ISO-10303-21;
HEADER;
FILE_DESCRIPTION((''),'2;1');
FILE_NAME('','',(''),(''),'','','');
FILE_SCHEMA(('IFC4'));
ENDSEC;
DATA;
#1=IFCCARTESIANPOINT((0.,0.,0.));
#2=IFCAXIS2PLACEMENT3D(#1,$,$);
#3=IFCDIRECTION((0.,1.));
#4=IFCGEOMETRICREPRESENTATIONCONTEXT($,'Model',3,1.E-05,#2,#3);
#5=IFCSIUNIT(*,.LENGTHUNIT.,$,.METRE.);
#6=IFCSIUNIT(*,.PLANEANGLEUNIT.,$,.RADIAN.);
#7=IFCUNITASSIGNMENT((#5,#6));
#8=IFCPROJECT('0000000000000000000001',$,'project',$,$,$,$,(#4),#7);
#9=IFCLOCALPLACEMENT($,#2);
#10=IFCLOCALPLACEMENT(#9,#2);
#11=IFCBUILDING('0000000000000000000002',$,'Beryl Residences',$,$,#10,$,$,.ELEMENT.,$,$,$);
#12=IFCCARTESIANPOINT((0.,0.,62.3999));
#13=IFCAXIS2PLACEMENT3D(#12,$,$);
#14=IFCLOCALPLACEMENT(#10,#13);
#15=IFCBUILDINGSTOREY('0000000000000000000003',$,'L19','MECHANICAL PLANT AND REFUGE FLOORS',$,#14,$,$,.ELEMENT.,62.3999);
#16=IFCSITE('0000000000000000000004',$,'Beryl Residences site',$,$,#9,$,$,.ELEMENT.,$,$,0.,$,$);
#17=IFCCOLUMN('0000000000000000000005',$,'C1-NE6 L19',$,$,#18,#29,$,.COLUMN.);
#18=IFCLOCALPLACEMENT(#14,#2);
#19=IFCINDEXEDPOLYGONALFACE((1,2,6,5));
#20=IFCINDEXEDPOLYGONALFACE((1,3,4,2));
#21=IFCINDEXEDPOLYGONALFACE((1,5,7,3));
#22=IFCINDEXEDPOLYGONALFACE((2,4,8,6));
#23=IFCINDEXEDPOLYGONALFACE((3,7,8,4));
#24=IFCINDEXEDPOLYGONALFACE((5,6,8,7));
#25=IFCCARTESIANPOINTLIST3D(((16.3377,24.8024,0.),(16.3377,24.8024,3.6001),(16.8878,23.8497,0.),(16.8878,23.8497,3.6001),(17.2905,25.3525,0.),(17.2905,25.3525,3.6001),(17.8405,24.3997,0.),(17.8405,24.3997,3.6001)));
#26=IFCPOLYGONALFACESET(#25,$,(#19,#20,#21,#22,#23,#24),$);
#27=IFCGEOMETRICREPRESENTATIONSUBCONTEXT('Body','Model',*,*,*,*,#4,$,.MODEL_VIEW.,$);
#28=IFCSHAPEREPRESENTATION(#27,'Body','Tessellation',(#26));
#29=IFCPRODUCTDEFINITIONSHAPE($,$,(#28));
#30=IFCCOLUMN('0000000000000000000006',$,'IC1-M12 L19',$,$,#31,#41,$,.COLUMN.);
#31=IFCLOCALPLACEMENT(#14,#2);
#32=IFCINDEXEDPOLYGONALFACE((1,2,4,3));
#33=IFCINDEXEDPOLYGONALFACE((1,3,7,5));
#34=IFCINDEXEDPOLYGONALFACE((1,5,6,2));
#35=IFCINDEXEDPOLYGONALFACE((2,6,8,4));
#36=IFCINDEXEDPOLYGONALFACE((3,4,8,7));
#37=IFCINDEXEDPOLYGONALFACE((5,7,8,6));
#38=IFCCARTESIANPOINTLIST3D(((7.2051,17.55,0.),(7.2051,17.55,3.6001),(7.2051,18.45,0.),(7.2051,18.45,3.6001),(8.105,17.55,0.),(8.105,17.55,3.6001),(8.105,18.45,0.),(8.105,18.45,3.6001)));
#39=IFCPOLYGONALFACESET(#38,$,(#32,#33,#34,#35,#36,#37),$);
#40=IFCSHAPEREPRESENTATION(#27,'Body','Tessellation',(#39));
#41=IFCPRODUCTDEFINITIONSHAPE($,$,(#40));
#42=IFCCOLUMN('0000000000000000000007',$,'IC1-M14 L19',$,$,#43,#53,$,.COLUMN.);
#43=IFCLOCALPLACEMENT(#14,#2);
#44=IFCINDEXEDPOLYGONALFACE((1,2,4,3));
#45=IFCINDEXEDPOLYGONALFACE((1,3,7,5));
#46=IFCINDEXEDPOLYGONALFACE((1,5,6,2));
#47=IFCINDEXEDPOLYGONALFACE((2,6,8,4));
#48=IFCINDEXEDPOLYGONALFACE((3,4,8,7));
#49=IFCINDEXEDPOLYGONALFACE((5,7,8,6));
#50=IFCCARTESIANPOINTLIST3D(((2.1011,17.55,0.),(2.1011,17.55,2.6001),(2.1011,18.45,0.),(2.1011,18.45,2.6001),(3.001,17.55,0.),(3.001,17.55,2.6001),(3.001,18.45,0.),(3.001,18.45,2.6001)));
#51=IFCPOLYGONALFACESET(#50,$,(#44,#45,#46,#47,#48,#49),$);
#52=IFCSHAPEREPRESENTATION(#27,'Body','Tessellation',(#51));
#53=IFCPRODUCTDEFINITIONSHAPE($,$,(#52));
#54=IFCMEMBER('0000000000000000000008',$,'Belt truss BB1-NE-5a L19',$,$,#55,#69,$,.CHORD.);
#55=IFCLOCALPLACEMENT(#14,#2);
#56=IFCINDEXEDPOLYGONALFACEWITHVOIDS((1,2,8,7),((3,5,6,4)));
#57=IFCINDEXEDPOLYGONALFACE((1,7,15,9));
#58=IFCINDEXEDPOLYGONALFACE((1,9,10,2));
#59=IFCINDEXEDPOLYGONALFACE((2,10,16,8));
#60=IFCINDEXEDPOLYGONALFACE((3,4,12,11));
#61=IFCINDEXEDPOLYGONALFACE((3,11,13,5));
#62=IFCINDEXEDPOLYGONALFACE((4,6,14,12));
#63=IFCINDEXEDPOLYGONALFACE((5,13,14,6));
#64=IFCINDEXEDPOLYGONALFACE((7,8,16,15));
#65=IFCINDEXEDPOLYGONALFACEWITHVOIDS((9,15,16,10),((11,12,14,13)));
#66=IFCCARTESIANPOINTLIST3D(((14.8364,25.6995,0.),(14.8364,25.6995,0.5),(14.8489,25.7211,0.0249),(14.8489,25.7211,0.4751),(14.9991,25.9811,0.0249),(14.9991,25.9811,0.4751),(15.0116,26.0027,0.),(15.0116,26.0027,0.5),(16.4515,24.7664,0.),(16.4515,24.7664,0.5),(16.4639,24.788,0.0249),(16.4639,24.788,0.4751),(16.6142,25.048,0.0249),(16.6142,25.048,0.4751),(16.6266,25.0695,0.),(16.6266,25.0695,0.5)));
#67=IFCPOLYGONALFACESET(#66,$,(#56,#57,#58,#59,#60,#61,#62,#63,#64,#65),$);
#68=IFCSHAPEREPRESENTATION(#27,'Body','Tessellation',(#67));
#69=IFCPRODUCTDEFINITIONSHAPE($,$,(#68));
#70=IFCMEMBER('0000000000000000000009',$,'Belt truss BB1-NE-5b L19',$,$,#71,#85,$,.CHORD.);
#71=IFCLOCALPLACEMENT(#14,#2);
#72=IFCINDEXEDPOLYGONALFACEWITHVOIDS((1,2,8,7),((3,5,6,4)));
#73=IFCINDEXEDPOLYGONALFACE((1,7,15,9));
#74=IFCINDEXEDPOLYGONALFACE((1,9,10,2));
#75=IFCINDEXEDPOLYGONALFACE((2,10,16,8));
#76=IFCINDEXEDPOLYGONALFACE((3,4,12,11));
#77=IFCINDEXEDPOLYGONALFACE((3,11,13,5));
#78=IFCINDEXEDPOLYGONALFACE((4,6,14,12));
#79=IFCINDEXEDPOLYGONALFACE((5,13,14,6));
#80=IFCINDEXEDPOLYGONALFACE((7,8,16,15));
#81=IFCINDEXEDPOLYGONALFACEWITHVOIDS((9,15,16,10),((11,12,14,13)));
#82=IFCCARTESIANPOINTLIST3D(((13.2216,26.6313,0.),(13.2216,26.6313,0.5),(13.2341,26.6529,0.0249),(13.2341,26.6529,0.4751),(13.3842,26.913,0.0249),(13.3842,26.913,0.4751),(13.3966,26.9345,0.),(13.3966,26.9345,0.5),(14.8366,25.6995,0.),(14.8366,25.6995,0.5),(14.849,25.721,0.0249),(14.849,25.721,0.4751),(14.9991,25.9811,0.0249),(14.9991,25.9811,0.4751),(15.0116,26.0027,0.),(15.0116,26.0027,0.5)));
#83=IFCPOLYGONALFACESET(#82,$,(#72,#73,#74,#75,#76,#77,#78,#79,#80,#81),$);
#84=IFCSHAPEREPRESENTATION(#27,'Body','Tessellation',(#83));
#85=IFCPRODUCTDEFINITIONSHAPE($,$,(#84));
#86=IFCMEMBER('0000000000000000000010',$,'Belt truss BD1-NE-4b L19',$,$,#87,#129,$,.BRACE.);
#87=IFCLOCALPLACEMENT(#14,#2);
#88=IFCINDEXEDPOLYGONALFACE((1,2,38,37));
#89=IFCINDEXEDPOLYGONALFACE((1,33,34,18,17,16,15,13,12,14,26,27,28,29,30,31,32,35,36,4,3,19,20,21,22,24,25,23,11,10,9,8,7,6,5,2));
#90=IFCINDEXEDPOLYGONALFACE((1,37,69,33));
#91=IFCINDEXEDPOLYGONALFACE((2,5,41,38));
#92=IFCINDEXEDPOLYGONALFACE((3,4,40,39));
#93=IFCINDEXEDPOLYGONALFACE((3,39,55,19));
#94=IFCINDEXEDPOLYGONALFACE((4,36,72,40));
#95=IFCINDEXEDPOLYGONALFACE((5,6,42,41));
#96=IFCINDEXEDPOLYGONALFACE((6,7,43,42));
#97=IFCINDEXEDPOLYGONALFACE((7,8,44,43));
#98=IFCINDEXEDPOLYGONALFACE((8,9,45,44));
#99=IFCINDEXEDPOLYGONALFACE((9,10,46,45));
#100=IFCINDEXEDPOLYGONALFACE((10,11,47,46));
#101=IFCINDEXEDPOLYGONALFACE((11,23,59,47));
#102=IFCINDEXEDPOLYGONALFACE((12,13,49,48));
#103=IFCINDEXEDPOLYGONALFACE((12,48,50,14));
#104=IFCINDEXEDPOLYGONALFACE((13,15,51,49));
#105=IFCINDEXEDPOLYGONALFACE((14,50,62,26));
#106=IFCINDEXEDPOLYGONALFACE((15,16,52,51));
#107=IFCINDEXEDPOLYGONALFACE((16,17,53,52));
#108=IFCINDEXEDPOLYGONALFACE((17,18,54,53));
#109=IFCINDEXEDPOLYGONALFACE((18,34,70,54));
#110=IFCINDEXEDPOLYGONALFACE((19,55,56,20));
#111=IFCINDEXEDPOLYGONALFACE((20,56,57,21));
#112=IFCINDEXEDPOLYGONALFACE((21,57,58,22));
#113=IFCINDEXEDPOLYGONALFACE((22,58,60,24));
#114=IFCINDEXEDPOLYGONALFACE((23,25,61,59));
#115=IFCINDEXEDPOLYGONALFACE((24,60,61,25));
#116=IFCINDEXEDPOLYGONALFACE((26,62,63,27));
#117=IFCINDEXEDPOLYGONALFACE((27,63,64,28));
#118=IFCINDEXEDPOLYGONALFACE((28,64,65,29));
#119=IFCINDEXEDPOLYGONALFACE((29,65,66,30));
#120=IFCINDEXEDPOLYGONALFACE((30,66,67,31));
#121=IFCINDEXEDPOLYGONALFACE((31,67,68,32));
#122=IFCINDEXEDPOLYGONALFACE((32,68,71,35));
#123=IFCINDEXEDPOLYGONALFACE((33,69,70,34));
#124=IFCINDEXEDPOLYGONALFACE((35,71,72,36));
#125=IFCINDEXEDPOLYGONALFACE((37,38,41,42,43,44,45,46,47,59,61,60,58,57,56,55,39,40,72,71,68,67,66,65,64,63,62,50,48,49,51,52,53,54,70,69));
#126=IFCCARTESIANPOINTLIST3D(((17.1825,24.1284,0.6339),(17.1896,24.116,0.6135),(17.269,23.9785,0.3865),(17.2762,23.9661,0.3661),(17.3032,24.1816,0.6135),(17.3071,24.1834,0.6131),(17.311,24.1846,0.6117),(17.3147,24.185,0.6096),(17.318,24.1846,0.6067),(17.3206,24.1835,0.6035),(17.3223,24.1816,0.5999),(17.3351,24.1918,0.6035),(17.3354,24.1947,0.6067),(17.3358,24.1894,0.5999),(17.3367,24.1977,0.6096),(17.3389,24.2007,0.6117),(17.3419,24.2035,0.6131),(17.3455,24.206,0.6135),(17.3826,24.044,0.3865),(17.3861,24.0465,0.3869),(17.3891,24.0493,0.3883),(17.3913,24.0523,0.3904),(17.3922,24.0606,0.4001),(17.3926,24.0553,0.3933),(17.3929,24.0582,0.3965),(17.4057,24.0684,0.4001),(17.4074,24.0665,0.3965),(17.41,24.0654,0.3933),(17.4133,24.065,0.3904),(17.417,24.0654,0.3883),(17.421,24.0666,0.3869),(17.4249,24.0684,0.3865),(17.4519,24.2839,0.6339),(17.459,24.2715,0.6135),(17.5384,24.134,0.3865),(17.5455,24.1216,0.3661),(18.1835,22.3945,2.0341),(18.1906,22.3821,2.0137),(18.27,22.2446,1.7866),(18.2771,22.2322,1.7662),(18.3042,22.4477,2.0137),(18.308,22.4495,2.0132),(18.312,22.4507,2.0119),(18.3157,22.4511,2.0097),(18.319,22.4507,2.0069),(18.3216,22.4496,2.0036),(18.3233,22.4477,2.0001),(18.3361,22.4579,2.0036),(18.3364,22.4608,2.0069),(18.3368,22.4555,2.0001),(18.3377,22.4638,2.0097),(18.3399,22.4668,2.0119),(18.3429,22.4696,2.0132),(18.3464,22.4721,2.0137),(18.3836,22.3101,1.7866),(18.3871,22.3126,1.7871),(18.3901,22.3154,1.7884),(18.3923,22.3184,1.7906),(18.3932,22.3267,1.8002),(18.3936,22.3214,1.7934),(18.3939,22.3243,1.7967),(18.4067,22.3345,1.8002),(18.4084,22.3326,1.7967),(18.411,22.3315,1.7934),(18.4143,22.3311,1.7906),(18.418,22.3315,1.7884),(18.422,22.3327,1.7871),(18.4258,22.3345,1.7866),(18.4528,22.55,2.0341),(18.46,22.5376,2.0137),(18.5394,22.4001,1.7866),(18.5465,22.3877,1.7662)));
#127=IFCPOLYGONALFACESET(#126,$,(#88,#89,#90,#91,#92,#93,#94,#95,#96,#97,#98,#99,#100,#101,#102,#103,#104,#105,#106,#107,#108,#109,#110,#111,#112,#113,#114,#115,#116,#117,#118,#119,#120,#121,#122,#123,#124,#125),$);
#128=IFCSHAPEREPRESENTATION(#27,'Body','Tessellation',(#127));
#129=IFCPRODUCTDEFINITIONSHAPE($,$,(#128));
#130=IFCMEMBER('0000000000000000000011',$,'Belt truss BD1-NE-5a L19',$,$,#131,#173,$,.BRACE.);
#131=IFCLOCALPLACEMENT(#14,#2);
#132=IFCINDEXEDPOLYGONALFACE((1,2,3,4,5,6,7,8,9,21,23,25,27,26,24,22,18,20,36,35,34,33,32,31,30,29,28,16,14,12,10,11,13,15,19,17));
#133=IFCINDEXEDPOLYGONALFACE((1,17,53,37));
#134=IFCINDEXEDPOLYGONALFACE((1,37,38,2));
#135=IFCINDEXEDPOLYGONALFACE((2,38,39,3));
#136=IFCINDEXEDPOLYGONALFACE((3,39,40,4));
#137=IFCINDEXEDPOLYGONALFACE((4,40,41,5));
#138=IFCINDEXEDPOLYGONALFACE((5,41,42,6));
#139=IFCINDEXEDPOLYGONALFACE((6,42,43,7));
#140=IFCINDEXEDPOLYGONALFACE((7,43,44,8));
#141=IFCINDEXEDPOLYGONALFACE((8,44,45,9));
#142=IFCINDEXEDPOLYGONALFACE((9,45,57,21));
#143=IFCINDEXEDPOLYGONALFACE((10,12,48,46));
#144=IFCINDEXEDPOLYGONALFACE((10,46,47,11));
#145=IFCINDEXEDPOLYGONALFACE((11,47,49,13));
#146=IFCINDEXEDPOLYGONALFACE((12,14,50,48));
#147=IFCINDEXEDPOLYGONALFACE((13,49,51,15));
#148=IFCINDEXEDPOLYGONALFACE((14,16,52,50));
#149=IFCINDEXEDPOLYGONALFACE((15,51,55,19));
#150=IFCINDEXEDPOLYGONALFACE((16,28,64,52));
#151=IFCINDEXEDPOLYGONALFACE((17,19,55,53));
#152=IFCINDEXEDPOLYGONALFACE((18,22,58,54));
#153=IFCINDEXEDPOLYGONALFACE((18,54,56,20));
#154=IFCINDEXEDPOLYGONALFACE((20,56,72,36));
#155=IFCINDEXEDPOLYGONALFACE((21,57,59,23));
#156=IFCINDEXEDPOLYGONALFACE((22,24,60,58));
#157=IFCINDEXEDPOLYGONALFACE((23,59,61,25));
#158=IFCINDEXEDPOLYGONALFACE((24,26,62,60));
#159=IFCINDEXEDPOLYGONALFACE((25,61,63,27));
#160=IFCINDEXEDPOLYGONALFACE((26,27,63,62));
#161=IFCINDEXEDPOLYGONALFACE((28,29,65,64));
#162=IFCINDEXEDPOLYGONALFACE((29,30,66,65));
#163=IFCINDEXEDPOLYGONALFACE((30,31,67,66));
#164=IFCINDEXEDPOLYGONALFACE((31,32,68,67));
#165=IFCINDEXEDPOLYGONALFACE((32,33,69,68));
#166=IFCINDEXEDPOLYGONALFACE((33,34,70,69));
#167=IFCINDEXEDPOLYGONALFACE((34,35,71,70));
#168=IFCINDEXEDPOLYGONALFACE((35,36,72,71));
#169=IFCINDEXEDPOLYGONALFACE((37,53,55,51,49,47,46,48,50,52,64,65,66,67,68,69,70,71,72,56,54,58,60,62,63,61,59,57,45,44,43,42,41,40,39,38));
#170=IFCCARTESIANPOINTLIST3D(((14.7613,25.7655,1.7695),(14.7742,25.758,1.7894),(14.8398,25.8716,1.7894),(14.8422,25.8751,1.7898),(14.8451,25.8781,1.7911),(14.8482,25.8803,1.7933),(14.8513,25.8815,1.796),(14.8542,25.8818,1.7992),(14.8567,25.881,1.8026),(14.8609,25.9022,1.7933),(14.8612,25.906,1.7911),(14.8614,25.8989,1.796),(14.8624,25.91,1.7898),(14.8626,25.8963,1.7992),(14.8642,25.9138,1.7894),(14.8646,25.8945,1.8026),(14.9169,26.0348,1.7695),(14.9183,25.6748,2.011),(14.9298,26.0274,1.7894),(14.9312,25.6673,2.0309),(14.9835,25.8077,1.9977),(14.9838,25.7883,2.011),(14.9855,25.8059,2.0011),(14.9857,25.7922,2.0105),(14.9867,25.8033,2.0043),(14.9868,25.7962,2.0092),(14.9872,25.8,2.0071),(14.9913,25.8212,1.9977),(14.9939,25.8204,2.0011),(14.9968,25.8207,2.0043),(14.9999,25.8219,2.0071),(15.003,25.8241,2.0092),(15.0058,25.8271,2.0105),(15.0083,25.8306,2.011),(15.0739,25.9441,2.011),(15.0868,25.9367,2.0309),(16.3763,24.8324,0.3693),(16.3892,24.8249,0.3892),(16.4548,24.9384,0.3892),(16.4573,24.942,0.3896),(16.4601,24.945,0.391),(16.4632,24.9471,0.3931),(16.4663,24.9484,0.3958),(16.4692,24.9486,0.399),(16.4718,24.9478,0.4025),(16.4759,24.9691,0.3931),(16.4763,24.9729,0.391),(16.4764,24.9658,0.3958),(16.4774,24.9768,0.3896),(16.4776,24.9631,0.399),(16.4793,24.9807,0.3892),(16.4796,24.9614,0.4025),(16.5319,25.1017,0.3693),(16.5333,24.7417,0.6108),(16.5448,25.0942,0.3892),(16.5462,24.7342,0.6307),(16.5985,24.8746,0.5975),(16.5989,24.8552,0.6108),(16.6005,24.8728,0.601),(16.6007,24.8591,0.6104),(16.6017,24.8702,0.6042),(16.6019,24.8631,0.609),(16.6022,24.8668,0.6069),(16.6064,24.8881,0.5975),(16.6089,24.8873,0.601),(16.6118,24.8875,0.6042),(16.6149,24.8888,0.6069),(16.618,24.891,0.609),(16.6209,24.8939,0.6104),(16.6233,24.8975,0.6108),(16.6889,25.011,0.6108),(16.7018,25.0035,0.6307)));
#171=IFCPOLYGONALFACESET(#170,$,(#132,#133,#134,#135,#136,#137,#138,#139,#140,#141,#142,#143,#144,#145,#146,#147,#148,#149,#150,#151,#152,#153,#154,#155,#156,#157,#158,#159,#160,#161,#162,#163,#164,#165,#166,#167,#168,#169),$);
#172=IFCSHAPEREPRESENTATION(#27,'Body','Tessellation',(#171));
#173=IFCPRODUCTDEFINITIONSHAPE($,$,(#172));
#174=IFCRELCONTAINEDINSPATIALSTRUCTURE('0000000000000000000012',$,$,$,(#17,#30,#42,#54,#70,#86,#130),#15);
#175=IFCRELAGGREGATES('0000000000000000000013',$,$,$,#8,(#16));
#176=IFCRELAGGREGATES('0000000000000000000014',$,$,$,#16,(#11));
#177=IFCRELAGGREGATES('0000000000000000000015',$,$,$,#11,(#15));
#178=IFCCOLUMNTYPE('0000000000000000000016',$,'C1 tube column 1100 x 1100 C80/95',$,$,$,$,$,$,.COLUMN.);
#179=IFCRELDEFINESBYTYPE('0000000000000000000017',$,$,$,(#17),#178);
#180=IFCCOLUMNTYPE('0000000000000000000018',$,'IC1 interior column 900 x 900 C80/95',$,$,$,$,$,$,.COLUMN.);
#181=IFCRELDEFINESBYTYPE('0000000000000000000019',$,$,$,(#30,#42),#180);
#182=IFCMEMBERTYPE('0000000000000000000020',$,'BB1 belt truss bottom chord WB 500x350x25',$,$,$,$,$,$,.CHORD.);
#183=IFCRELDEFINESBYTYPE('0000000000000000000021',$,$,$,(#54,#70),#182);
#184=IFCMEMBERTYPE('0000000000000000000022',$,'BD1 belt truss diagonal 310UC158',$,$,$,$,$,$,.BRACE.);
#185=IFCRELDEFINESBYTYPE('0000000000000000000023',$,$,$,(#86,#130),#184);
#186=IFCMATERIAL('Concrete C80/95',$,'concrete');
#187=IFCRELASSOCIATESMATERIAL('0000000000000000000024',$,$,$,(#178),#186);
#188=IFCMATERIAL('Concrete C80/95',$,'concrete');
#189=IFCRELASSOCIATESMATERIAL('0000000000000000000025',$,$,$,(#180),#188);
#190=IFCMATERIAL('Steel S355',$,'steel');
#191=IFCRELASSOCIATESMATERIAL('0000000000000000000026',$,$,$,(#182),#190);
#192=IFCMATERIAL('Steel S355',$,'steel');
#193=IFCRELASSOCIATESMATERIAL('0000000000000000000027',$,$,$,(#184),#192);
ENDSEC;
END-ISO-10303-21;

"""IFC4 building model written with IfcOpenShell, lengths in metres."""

from ifc_helpers import new_model, si_unit, direction, frame, origin, origin_2d, place, context, subcontext, project, spatial, rectangle, hollow_rectangle, i_section, extrude, material, material_profile, profile_set, type_object, element, save


model = new_model("IFC4")

# Units and contexts
model_context = context("Model", 3, precision=1e-05, world=origin(), true_north=direction((0.0, 1.0)))
body_context = subcontext(model_context, "Body", "Model", "MODEL_VIEW")
ifc_project = project(units=[si_unit("LENGTHUNIT", "METRE"), si_unit("PLANEANGLEUNIT", "RADIAN")], contexts=[model_context])

# Site, building, storey
site_placement = place(None, origin())
site = spatial("IfcSite", under=ifc_project, at=site_placement, Name="Beryl Residences site", CompositionType="ELEMENT", RefElevation=0.0)
building_placement = place(site_placement, origin())
building = spatial("IfcBuilding", under=site, at=building_placement, Name="Beryl Residences", CompositionType="ELEMENT")
storey_placement = place(building_placement, frame((0.0, 0.0, 62.3999)))
storey = spatial("IfcBuildingStorey", under=building, at=storey_placement, Name="L19", Description="MECHANICAL PLANT AND REFUGE FLOORS", CompositionType="ELEMENT", Elevation=62.3999)

# Columns
ifc_material_1 = material(Name="Concrete C80/95", Category="concrete")
ifc_material_profile_1 = material_profile(ifc_material_1, rectangle(XDim=1.1001, YDim=1.1001, at=origin_2d()))
ifc_profile_set_1 = profile_set([ifc_material_profile_1], Name="Concrete C80/95")
column_type_1 = type_object("IfcColumnType", Name="C1 tube column 1100 x 1100 C80/95", PredefinedType="COLUMN", material=ifc_profile_set_1)
column_1_placement = place(storey_placement, frame((17.0891, 24.6011, 0.0), z_axis=(0.0, 0.0, 1.0), x_axis=(-0.499985, 0.866034, 0.0)))
element("IfcColumn", 1, at=column_1_placement, inside=storey, type_object=column_type_1, Name="C1-NE6 L19", PredefinedType="COLUMN", context=body_context, shape_type="SweptSolid", body=[
    extrude(rectangle(XDim=1.1001, YDim=1.1001, at=origin_2d()), origin(), (0.0, 0.0, 1.0), 3.6001),
])
ifc_material_2 = material(Name="Concrete C80/95", Category="concrete")
ifc_material_profile_2 = material_profile(ifc_material_2, rectangle(XDim=0.8999, YDim=0.8999, at=origin_2d()))
ifc_profile_set_2 = profile_set([ifc_material_profile_2], Name="Concrete C80/95")
column_type_2 = type_object("IfcColumnType", Name="IC1 interior column 900 x 900 C80/95", PredefinedType="COLUMN", material=ifc_profile_set_2)
column_2_placement = place(storey_placement, frame((7.655, 18.0, 0.0), z_axis=(0.0, 0.0, 1.0), x_axis=(-1.0, 0.0, 0.0)))
element("IfcColumn", 2, at=column_2_placement, inside=storey, type_object=column_type_2, Name="IC1-M12 L19", PredefinedType="COLUMN", context=body_context, shape_type="SweptSolid", body=[
    extrude(rectangle(XDim=0.8999, YDim=0.8999, at=origin_2d()), origin(), (0.0, 0.0, 1.0), 3.6001),
])
column_3_placement = place(storey_placement, frame((2.551, 18.0, 0.0), z_axis=(0.0, 0.0, 1.0), x_axis=(-1.0, 0.0, 0.0)))
element("IfcColumn", 3, at=column_3_placement, inside=storey, type_object=column_type_2, Name="IC1-M14 L19", PredefinedType="COLUMN", context=body_context, shape_type="SweptSolid", body=[
    extrude(rectangle(XDim=0.8999, YDim=0.8999, at=origin_2d()), origin(), (0.0, 0.0, 1.0), 2.6001),
])

# Members
ifc_material_3 = material(Name="Steel S355", Category="steel")
ifc_material_profile_3 = material_profile(ifc_material_3, hollow_rectangle(XDim=0.3501, YDim=0.5, WallThickness=0.0249, at=origin_2d()))
ifc_profile_set_3 = profile_set([ifc_material_profile_3], Name="Steel S355")
member_type_1 = type_object("IfcMemberType", Name="BB1 belt truss bottom chord WB 500x350x25", PredefinedType="CHORD", material=ifc_profile_set_3)
member_1_placement = place(storey_placement, frame((16.5391, 24.918, 0.25), z_axis=(-0.865865, 0.500278, 0.0), x_axis=(-0.500278, -0.865865, 0.0)))
element("IfcMember", 4, at=member_1_placement, inside=storey, type_object=member_type_1, Name="Belt truss BB1-NE-5a L19", PredefinedType="CHORD", context=body_context, shape_type="SweptSolid", body=[
    extrude(hollow_rectangle(XDim=0.3501, YDim=0.5, WallThickness=0.0249, at=origin_2d()), origin(), (0.0, 0.0, 1.0), 1.8652),
])
member_2_placement = place(storey_placement, frame((14.9241, 25.8511, 0.25), z_axis=(-0.866149, 0.499787, 0.0), x_axis=(-0.499787, -0.866149, 0.0)))
element("IfcMember", 5, at=member_2_placement, inside=storey, type_object=member_type_1, Name="Belt truss BB1-NE-5b L19", PredefinedType="CHORD", context=body_context, shape_type="SweptSolid", body=[
    extrude(hollow_rectangle(XDim=0.3501, YDim=0.5, WallThickness=0.0249, at=origin_2d()), origin(), (0.0, 0.0, 1.0), 1.8645),
])
ifc_material_4 = material(Name="Steel S355", Category="steel")
ifc_material_profile_4 = material_profile(ifc_material_4, i_section(OverallWidth=0.311, OverallDepth=0.3269, WebThickness=0.0156, FlangeThickness=0.0249, FilletRadius=0.0166, at=origin_2d()))
ifc_profile_set_4 = profile_set([ifc_material_profile_4], Name="Steel S355")
member_type_2 = type_object("IfcMemberType", Name="BD1 belt truss diagonal 310UC158", PredefinedType="BRACE", material=ifc_profile_set_4)
member_3_placement = place(storey_placement, frame((17.364, 24.125, 0.5), z_axis=(0.409716, -0.709708, 0.573103), x_axis=(0.866043, 0.499969, 0.0)))
element("IfcMember", 6, at=member_3_placement, inside=storey, type_object=member_type_2, Name="Belt truss BD1-NE-4b L19", PredefinedType="BRACE", context=body_context, shape_type="SweptSolid", body=[
    extrude(i_section(OverallWidth=0.311, OverallDepth=0.3269, WebThickness=0.0156, FlangeThickness=0.0249, FilletRadius=0.0166, at=origin_2d()), origin(), (0.0, 0.0, 1.0), 2.4431),
])
member_4_placement = place(storey_placement, frame((16.5391, 24.918, 0.5), z_axis=(-0.692467, 0.400092, 0.600347), x_axis=(-0.500278, -0.865865, 0.0)))
element("IfcMember", 7, at=member_4_placement, inside=storey, type_object=member_type_2, Name="Belt truss BD1-NE-5a L19", PredefinedType="BRACE", context=body_context, shape_type="SweptSolid", body=[
    extrude(i_section(OverallWidth=0.311, OverallDepth=0.3269, WebThickness=0.0156, FlangeThickness=0.0249, FilletRadius=0.0166, at=origin_2d()), origin(), (0.0, 0.0, 1.0), 2.3323),
])

save(model, "model.ifc")
